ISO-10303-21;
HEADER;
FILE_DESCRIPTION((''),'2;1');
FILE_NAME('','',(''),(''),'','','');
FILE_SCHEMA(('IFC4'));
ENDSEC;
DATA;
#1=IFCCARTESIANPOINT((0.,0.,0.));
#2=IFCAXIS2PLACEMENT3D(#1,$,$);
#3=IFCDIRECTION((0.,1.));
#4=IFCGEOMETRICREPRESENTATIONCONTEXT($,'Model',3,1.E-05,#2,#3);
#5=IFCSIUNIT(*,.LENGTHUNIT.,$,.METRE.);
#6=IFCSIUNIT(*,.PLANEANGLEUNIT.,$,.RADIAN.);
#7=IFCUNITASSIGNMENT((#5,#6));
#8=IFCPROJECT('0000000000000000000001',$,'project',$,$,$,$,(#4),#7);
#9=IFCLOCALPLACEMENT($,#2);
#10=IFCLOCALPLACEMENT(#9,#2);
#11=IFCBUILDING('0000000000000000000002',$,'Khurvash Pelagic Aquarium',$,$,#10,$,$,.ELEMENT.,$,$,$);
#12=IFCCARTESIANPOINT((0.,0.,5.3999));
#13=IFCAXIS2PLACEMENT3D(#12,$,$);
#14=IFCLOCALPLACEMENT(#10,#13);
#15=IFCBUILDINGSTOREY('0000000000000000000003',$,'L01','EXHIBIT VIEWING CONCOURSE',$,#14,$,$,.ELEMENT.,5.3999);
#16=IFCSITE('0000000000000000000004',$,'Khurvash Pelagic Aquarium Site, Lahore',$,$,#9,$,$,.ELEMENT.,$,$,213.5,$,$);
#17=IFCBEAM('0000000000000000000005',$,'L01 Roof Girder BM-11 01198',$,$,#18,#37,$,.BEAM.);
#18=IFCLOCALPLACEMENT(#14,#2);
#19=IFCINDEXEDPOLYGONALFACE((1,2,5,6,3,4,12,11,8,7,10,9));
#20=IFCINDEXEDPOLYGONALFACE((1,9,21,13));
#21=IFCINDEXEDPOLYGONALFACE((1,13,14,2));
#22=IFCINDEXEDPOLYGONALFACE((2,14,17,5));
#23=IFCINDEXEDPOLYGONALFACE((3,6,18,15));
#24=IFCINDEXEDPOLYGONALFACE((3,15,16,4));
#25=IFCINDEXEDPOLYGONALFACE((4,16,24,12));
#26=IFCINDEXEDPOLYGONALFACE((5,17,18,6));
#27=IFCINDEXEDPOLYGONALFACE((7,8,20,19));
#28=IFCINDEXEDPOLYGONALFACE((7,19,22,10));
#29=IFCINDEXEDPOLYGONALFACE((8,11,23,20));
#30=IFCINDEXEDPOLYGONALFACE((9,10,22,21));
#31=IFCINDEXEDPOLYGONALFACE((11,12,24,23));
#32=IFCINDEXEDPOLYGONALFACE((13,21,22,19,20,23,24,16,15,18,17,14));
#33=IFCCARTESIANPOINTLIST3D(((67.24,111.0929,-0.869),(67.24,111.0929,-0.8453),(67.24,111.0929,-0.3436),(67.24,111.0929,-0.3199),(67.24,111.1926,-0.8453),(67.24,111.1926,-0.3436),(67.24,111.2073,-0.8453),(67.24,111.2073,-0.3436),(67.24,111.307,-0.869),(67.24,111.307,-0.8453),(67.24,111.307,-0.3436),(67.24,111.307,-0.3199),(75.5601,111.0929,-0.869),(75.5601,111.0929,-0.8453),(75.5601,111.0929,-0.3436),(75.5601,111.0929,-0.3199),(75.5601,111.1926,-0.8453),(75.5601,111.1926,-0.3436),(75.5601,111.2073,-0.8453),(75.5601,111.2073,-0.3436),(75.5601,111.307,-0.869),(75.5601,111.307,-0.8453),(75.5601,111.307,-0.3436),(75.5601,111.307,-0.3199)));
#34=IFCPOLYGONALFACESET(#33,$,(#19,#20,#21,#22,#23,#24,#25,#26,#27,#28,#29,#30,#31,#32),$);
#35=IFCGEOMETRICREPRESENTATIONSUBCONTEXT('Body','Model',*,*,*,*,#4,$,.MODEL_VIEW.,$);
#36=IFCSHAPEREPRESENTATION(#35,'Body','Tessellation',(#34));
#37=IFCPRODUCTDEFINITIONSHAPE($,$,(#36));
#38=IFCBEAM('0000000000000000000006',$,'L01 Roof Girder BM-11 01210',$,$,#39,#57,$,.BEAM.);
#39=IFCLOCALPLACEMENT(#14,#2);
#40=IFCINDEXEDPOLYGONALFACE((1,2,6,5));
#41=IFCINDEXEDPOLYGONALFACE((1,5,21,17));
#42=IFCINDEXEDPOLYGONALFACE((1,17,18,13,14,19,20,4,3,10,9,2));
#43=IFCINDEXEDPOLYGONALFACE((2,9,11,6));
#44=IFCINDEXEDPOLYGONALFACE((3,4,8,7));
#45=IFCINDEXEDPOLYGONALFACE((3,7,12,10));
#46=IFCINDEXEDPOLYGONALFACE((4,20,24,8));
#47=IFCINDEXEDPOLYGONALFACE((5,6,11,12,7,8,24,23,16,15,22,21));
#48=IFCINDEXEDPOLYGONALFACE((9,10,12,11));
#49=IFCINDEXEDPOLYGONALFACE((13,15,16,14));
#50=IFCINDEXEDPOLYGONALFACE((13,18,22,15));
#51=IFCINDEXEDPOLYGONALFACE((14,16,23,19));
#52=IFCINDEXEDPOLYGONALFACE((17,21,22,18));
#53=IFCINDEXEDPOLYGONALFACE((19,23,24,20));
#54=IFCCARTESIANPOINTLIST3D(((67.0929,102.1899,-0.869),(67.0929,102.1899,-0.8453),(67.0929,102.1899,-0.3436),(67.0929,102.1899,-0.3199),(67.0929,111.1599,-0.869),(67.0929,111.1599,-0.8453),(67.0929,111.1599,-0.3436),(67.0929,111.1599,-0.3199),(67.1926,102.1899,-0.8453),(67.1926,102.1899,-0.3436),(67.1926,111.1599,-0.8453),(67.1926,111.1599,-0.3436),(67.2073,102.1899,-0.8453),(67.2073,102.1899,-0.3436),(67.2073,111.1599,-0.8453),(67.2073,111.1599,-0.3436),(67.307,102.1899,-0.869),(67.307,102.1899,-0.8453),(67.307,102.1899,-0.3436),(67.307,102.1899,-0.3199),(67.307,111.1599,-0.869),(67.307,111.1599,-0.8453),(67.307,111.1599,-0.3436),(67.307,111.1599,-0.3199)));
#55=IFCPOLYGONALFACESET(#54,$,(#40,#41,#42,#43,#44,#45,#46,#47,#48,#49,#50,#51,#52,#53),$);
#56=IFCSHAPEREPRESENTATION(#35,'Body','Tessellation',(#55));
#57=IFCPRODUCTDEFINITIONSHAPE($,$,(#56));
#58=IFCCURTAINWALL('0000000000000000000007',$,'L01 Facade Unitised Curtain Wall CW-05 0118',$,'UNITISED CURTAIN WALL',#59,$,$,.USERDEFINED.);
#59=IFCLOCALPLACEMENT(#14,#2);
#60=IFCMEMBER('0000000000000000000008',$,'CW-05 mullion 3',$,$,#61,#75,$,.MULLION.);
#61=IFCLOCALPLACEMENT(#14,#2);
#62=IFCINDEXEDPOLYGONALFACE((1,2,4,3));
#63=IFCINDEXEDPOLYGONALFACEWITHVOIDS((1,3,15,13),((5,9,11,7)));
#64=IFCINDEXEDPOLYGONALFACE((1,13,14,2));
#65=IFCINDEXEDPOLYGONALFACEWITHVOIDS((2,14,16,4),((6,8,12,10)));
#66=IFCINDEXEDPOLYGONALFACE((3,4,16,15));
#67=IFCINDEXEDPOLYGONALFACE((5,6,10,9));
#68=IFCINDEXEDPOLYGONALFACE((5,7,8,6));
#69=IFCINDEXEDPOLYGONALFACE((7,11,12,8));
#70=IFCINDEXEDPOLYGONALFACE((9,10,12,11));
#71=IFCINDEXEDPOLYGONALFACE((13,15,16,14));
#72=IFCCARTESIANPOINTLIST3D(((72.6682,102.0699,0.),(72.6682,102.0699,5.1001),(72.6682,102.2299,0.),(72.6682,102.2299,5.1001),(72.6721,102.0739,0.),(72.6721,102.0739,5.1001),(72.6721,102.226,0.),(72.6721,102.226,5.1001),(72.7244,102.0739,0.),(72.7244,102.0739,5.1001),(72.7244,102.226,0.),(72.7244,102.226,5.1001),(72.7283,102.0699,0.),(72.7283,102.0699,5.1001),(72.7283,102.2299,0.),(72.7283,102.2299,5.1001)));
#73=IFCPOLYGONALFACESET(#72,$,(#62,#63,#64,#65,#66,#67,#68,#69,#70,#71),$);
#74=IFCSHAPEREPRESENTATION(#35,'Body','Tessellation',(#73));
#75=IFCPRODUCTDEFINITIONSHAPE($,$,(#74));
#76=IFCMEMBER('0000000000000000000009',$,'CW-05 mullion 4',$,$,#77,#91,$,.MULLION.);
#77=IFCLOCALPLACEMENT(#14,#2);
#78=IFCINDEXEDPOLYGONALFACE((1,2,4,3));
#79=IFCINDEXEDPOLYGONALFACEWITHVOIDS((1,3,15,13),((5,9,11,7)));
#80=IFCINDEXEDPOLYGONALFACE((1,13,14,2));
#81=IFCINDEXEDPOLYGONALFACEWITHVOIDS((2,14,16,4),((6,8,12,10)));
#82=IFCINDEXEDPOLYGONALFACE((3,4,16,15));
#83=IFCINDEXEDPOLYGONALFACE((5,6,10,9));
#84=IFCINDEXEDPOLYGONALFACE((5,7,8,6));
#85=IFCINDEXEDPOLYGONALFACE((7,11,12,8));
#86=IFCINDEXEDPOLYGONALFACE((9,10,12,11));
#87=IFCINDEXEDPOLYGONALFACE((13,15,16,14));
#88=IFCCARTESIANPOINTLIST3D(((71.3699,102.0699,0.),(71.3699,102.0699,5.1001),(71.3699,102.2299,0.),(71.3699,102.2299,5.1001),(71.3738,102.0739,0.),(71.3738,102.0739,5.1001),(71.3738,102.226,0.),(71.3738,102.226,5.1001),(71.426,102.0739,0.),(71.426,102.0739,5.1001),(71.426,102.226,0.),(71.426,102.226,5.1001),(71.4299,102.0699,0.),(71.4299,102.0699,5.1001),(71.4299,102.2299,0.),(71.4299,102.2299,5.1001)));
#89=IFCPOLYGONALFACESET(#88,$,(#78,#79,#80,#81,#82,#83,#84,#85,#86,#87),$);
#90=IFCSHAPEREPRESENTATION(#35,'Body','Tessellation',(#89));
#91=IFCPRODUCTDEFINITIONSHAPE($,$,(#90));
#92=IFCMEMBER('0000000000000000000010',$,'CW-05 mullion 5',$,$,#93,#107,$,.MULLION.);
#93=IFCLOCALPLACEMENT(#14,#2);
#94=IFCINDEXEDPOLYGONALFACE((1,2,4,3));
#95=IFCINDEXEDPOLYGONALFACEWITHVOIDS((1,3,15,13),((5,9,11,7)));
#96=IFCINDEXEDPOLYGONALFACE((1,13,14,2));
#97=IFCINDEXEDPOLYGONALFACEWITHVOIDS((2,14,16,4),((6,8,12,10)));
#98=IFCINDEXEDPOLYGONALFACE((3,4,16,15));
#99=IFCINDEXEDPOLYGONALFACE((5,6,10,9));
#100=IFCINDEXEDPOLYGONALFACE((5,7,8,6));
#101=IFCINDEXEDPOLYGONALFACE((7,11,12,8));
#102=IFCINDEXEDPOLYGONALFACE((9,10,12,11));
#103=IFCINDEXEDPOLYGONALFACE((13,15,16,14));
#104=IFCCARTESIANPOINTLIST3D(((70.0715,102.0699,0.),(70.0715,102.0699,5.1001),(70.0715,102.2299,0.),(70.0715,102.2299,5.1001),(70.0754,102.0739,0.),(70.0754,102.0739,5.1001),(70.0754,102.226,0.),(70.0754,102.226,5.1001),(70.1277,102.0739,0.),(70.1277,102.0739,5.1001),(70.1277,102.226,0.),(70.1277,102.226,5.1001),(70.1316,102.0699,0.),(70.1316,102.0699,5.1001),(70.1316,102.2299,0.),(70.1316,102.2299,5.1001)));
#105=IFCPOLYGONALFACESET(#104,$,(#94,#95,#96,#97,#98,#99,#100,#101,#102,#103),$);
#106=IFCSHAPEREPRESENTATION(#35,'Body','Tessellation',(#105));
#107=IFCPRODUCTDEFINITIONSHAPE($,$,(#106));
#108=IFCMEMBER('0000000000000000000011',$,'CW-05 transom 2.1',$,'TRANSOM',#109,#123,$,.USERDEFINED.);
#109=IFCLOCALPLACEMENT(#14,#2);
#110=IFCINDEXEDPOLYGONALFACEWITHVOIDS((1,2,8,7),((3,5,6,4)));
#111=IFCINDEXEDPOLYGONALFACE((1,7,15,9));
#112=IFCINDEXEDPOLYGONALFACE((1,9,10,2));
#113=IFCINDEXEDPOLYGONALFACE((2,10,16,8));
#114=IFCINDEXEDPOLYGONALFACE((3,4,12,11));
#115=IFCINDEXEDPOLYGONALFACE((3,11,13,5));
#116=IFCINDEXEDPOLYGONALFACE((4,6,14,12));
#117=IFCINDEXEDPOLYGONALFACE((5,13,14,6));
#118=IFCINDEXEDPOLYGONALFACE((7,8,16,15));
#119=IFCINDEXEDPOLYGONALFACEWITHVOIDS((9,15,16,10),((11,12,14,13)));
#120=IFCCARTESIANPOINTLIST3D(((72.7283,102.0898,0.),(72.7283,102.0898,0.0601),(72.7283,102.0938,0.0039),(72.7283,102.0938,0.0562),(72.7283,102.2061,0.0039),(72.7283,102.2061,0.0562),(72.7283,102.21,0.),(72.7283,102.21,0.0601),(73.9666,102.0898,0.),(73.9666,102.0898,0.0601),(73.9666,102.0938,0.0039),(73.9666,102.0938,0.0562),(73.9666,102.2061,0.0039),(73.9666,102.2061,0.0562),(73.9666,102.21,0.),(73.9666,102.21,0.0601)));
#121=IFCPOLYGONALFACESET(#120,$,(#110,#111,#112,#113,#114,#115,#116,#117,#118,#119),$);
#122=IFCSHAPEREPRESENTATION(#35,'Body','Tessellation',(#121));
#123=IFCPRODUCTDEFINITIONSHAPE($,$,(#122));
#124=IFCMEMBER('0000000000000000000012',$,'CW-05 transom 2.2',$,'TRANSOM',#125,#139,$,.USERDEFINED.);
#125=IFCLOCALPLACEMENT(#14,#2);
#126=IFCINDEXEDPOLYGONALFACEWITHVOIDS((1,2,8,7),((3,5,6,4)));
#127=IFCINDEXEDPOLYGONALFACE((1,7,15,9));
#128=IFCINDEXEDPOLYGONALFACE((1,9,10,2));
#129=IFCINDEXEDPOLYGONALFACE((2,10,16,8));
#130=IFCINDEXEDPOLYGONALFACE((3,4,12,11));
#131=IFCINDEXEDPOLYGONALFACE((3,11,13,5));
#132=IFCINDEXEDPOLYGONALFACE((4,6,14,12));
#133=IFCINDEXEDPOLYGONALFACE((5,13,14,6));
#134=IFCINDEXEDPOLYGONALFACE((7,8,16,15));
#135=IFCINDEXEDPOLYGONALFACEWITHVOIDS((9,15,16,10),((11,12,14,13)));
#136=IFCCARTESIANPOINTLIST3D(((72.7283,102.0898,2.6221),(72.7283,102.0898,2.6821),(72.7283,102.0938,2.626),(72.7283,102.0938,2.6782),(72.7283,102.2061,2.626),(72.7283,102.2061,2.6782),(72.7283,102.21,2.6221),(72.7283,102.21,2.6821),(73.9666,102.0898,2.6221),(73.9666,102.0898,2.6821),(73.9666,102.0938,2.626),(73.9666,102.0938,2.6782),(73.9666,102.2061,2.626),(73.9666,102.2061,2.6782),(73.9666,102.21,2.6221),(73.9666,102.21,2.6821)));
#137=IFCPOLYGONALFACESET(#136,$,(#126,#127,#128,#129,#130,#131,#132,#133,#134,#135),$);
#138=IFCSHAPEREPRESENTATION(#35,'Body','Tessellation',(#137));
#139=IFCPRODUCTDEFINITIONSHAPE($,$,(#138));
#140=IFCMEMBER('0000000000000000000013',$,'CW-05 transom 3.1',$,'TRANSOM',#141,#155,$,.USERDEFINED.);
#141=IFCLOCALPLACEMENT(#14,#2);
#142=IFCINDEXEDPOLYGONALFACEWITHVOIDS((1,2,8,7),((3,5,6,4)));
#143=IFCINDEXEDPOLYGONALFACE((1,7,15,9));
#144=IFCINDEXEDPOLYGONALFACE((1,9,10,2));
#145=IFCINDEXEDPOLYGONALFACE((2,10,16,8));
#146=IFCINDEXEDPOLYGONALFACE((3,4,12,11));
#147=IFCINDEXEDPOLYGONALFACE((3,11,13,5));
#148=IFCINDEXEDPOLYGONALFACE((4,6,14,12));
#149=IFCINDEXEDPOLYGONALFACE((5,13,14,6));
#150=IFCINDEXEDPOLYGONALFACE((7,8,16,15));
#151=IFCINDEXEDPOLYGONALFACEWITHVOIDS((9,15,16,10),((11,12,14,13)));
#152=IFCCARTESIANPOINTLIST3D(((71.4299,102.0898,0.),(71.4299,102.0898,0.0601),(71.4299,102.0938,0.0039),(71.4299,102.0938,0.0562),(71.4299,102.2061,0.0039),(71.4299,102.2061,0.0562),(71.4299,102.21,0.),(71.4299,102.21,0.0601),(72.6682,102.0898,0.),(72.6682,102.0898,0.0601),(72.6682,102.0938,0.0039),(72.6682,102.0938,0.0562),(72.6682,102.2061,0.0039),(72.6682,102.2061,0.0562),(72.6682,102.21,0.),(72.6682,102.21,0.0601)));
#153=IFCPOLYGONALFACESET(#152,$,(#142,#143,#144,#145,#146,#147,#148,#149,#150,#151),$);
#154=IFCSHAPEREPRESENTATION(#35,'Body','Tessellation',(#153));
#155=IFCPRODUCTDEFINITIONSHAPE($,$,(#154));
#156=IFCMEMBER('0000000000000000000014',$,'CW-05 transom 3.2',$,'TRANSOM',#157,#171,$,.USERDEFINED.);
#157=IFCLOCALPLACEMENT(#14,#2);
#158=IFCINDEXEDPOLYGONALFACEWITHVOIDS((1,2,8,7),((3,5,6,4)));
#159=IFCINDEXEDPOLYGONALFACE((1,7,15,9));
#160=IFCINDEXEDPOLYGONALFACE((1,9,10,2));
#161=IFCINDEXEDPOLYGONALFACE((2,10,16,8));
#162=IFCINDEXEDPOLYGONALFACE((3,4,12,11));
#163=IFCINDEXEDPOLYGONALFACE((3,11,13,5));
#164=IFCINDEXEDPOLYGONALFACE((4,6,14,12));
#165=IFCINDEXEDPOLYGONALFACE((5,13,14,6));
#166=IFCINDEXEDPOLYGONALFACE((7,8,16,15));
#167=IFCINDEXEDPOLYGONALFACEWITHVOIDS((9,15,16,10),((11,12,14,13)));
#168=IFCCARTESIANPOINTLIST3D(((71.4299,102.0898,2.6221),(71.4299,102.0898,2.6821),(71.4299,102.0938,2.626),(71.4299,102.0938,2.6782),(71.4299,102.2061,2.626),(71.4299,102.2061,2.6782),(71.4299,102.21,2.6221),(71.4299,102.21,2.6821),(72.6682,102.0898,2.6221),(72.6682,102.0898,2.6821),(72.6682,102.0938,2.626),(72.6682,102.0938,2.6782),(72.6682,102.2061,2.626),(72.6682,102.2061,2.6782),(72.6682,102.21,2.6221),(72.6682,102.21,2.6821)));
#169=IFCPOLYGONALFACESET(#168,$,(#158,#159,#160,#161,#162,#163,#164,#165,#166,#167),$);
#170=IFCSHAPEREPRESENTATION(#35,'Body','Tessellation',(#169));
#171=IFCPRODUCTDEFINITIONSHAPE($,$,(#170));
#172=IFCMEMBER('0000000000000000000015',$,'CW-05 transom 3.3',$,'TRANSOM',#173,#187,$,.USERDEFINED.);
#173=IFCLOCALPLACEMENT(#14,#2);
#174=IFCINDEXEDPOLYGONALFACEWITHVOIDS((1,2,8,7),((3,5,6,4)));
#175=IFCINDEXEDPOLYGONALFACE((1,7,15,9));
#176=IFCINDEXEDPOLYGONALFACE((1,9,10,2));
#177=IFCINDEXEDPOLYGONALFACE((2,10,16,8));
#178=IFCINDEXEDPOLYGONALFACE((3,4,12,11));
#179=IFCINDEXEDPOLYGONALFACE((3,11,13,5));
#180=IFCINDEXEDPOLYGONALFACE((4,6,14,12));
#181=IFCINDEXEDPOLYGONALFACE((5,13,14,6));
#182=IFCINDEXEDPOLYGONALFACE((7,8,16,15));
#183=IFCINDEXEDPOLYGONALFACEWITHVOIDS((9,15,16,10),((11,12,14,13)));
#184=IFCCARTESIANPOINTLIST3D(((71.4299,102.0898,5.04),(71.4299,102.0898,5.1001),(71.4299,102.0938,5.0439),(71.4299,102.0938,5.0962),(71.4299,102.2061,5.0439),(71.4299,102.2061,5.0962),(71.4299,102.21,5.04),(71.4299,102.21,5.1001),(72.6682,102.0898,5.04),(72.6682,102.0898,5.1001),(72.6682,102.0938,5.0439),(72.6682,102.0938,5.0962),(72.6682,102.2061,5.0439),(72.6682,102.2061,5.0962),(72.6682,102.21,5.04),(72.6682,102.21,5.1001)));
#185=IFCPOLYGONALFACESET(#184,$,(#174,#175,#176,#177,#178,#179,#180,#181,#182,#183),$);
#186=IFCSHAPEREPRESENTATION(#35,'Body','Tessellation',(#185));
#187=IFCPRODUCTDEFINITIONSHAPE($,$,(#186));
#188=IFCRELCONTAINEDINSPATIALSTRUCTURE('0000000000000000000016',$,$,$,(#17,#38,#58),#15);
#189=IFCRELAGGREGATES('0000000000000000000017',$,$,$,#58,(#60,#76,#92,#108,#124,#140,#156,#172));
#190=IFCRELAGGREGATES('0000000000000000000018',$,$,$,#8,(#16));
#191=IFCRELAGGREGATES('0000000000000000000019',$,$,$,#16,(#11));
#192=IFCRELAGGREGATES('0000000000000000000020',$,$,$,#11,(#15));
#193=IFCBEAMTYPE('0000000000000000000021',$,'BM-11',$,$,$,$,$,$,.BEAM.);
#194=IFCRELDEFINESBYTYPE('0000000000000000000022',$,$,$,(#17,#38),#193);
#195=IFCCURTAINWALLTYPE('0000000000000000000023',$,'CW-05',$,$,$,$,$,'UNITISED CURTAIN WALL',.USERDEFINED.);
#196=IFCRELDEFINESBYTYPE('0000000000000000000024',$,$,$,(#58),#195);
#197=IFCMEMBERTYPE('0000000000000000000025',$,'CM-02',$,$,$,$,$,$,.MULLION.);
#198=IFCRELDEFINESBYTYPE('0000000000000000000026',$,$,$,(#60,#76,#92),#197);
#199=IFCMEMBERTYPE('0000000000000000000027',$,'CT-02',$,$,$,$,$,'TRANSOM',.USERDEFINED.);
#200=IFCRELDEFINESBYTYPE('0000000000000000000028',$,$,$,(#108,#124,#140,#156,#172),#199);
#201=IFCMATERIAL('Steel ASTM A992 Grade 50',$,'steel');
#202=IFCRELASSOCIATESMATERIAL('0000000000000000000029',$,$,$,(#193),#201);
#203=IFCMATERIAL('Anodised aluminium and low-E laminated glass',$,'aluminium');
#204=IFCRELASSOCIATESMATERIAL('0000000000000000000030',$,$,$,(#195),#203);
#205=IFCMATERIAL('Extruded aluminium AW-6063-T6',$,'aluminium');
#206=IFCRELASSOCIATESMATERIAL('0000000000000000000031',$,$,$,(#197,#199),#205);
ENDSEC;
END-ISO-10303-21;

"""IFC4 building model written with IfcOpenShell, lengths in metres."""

from ifc_helpers import new_model, si_unit, direction, frame, origin, origin_2d, place, context, subcontext, project, spatial, hollow_rectangle, i_section, extrude, material, material_profile, profile_set, type_object, element, aggregate, save


model = new_model("IFC4")

# Units and contexts
model_context = context("Model", 3, precision=1e-05, world=origin(), true_north=direction((0.0, 1.0)))
body_context = subcontext(model_context, "Body", "Model", "MODEL_VIEW")
ifc_project = project(units=[si_unit("LENGTHUNIT", "METRE"), si_unit("PLANEANGLEUNIT", "RADIAN")], contexts=[model_context])

# Site, building, storey
site_placement = place(None, origin())
site = spatial("IfcSite", under=ifc_project, at=site_placement, Name="Khurvash Pelagic Aquarium Site, Lahore", CompositionType="ELEMENT", RefElevation=213.5)
building_placement = place(site_placement, origin())
building = spatial("IfcBuilding", under=site, at=building_placement, Name="Khurvash Pelagic Aquarium", CompositionType="ELEMENT")
storey_placement = place(building_placement, frame((0.0, 0.0, 5.3999)))
storey = spatial("IfcBuildingStorey", under=building, at=storey_placement, Name="L01", Description="EXHIBIT VIEWING CONCOURSE", CompositionType="ELEMENT", Elevation=5.3999)

# Beams
ifc_material_1 = material(Name="Steel ASTM A992 Grade 50", Category="steel")
ifc_material_profile_1 = material_profile(ifc_material_1, i_section(OverallWidth=0.2141, OverallDepth=0.5491, WebThickness=0.0146, FlangeThickness=0.0237, at=origin_2d()), Name="W21X93")
ifc_profile_set_1 = profile_set([ifc_material_profile_1], Name="Steel ASTM A992 Grade 50")
beam_type = type_object("IfcBeamType", Name="BM-11", PredefinedType="BEAM", material=ifc_profile_set_1)
beam_1_placement = place(storey_placement, frame((67.24, 111.2, -0.5945), z_axis=(1.0, 0.0, 0.0), x_axis=(0.0, 1.0, 0.0)))
element("IfcBeam", 1, at=beam_1_placement, inside=storey, type_object=beam_type, Name="L01 Roof Girder BM-11 01198", PredefinedType="BEAM", context=body_context, shape_type="SweptSolid", body=[
    extrude(i_section(OverallWidth=0.2141, OverallDepth=0.5491, WebThickness=0.0146, FlangeThickness=0.0237, at=origin_2d()), origin(), (0.0, 0.0, 1.0), 8.3201),
])
beam_2_placement = place(storey_placement, frame((67.2, 102.1899, -0.5945), z_axis=(0.0, 1.0, 0.0), x_axis=(-1.0, 0.0, 0.0)))
element("IfcBeam", 2, at=beam_2_placement, inside=storey, type_object=beam_type, Name="L01 Roof Girder BM-11 01210", PredefinedType="BEAM", context=body_context, shape_type="SweptSolid", body=[
    extrude(i_section(OverallWidth=0.2141, OverallDepth=0.5491, WebThickness=0.0146, FlangeThickness=0.0237, at=origin_2d()), origin(), (0.0, 0.0, 1.0), 8.97),
])

# Curtain wall, members
ifc_material_2 = material(Name="Anodised aluminium and low-E laminated glass", Category="aluminium")
curtain_wall_type = type_object("IfcCurtainWallType", Name="CW-05", ElementType="UNITISED CURTAIN WALL", PredefinedType="USERDEFINED", material=ifc_material_2)
curtain_wall_placement = place(storey_placement, origin())
curtain_wall = element("IfcCurtainWall", 3, at=curtain_wall_placement, inside=storey, type_object=curtain_wall_type, Name="L01 Facade Unitised Curtain Wall CW-05 0118", ObjectType="UNITISED CURTAIN WALL", PredefinedType="USERDEFINED")
ifc_material_3 = material(Name="Extruded aluminium AW-6063-T6", Category="aluminium")
ifc_material_profile_2 = material_profile(ifc_material_3, hollow_rectangle(XDim=0.0601, YDim=0.1599, WallThickness=0.0039, at=origin_2d()), Name="CWM60X160X4")
ifc_profile_set_2 = profile_set([ifc_material_profile_2], Name="Extruded aluminium AW-6063-T6")
member_type_1 = type_object("IfcMemberType", Name="CM-02", PredefinedType="MULLION", material=ifc_profile_set_2)
member_1_placement = place(storey_placement, frame((72.6982, 102.1499, 0.0), z_axis=(0.0, 0.0, 1.0), x_axis=(-1.0, 0.0, 0.0)))
member_1 = element("IfcMember", 4, at=member_1_placement, type_object=member_type_1, Name="CW-05 mullion 3", PredefinedType="MULLION", context=body_context, shape_type="SweptSolid", body=[
    extrude(hollow_rectangle(XDim=0.0601, YDim=0.1599, WallThickness=0.0039, at=origin_2d()), origin(), (0.0, 0.0, 1.0), 5.1001),
])
member_2_placement = place(storey_placement, frame((71.3999, 102.1499, 0.0), z_axis=(0.0, 0.0, 1.0), x_axis=(-1.0, 0.0, 0.0)))
member_2 = element("IfcMember", 5, at=member_2_placement, type_object=member_type_1, Name="CW-05 mullion 4", PredefinedType="MULLION", context=body_context, shape_type="SweptSolid", body=[
    extrude(hollow_rectangle(XDim=0.0601, YDim=0.1599, WallThickness=0.0039, at=origin_2d()), origin(), (0.0, 0.0, 1.0), 5.1001),
])
member_3_placement = place(storey_placement, frame((70.1016, 102.1499, 0.0), z_axis=(0.0, 0.0, 1.0), x_axis=(-1.0, 0.0, 0.0)))
member_3 = element("IfcMember", 6, at=member_3_placement, type_object=member_type_1, Name="CW-05 mullion 5", PredefinedType="MULLION", context=body_context, shape_type="SweptSolid", body=[
    extrude(hollow_rectangle(XDim=0.0601, YDim=0.1599, WallThickness=0.0039, at=origin_2d()), origin(), (0.0, 0.0, 1.0), 5.1001),
])
ifc_material_profile_3 = material_profile(ifc_material_3, hollow_rectangle(XDim=0.1201, YDim=0.0601, WallThickness=0.0039, at=origin_2d()), Name="CWT120X60X4")
ifc_profile_set_3 = profile_set([ifc_material_profile_3], Name="Extruded aluminium AW-6063-T6")
member_type_2 = type_object("IfcMemberType", Name="CT-02", ElementType="TRANSOM", PredefinedType="USERDEFINED", material=ifc_profile_set_3)
member_4_placement = place(storey_placement, frame((73.9666, 102.1499, 0.03), z_axis=(-1.0, 0.0, 0.0), x_axis=(0.0, -1.0, 0.0)))
member_4 = element("IfcMember", 7, at=member_4_placement, type_object=member_type_2, Name="CW-05 transom 2.1", ObjectType="TRANSOM", PredefinedType="USERDEFINED", context=body_context, shape_type="SweptSolid", body=[
    extrude(hollow_rectangle(XDim=0.1201, YDim=0.0601, WallThickness=0.0039, at=origin_2d()), origin(), (0.0, 0.0, 1.0), 1.2383),
])
member_5_placement = place(storey_placement, frame((73.9666, 102.1499, 2.6521), z_axis=(-1.0, 0.0, 0.0), x_axis=(0.0, -1.0, 0.0)))
member_5 = element("IfcMember", 8, at=member_5_placement, type_object=member_type_2, Name="CW-05 transom 2.2", ObjectType="TRANSOM", PredefinedType="USERDEFINED", context=body_context, shape_type="SweptSolid", body=[
    extrude(hollow_rectangle(XDim=0.1201, YDim=0.0601, WallThickness=0.0039, at=origin_2d()), origin(), (0.0, 0.0, 1.0), 1.2383),
])
member_6_placement = place(storey_placement, frame((72.6682, 102.1499, 0.03), z_axis=(-1.0, 0.0, 0.0), x_axis=(0.0, -1.0, 0.0)))
member_6 = element("IfcMember", 9, at=member_6_placement, type_object=member_type_2, Name="CW-05 transom 3.1", ObjectType="TRANSOM", PredefinedType="USERDEFINED", context=body_context, shape_type="SweptSolid", body=[
    extrude(hollow_rectangle(XDim=0.1201, YDim=0.0601, WallThickness=0.0039, at=origin_2d()), origin(), (0.0, 0.0, 1.0), 1.2383),
])
member_7_placement = place(storey_placement, frame((72.6682, 102.1499, 2.6521), z_axis=(-1.0, 0.0, 0.0), x_axis=(0.0, -1.0, 0.0)))
member_7 = element("IfcMember", 10, at=member_7_placement, type_object=member_type_2, Name="CW-05 transom 3.2", ObjectType="TRANSOM", PredefinedType="USERDEFINED", context=body_context, shape_type="SweptSolid", body=[
    extrude(hollow_rectangle(XDim=0.1201, YDim=0.0601, WallThickness=0.0039, at=origin_2d()), origin(), (0.0, 0.0, 1.0), 1.2383),
])
member_8_placement = place(storey_placement, frame((72.6682, 102.1499, 5.0701), z_axis=(-1.0, 0.0, 0.0), x_axis=(0.0, -1.0, 0.0)))
member_8 = element("IfcMember", 11, at=member_8_placement, type_object=member_type_2, Name="CW-05 transom 3.3", ObjectType="TRANSOM", PredefinedType="USERDEFINED", context=body_context, shape_type="SweptSolid", body=[
    extrude(hollow_rectangle(XDim=0.1201, YDim=0.0601, WallThickness=0.0039, at=origin_2d()), origin(), (0.0, 0.0, 1.0), 1.2383),
])
aggregate(curtain_wall, [member_1, member_2, member_3, member_4, member_5, member_6, member_7, member_8])

save(model, "model.ifc")
